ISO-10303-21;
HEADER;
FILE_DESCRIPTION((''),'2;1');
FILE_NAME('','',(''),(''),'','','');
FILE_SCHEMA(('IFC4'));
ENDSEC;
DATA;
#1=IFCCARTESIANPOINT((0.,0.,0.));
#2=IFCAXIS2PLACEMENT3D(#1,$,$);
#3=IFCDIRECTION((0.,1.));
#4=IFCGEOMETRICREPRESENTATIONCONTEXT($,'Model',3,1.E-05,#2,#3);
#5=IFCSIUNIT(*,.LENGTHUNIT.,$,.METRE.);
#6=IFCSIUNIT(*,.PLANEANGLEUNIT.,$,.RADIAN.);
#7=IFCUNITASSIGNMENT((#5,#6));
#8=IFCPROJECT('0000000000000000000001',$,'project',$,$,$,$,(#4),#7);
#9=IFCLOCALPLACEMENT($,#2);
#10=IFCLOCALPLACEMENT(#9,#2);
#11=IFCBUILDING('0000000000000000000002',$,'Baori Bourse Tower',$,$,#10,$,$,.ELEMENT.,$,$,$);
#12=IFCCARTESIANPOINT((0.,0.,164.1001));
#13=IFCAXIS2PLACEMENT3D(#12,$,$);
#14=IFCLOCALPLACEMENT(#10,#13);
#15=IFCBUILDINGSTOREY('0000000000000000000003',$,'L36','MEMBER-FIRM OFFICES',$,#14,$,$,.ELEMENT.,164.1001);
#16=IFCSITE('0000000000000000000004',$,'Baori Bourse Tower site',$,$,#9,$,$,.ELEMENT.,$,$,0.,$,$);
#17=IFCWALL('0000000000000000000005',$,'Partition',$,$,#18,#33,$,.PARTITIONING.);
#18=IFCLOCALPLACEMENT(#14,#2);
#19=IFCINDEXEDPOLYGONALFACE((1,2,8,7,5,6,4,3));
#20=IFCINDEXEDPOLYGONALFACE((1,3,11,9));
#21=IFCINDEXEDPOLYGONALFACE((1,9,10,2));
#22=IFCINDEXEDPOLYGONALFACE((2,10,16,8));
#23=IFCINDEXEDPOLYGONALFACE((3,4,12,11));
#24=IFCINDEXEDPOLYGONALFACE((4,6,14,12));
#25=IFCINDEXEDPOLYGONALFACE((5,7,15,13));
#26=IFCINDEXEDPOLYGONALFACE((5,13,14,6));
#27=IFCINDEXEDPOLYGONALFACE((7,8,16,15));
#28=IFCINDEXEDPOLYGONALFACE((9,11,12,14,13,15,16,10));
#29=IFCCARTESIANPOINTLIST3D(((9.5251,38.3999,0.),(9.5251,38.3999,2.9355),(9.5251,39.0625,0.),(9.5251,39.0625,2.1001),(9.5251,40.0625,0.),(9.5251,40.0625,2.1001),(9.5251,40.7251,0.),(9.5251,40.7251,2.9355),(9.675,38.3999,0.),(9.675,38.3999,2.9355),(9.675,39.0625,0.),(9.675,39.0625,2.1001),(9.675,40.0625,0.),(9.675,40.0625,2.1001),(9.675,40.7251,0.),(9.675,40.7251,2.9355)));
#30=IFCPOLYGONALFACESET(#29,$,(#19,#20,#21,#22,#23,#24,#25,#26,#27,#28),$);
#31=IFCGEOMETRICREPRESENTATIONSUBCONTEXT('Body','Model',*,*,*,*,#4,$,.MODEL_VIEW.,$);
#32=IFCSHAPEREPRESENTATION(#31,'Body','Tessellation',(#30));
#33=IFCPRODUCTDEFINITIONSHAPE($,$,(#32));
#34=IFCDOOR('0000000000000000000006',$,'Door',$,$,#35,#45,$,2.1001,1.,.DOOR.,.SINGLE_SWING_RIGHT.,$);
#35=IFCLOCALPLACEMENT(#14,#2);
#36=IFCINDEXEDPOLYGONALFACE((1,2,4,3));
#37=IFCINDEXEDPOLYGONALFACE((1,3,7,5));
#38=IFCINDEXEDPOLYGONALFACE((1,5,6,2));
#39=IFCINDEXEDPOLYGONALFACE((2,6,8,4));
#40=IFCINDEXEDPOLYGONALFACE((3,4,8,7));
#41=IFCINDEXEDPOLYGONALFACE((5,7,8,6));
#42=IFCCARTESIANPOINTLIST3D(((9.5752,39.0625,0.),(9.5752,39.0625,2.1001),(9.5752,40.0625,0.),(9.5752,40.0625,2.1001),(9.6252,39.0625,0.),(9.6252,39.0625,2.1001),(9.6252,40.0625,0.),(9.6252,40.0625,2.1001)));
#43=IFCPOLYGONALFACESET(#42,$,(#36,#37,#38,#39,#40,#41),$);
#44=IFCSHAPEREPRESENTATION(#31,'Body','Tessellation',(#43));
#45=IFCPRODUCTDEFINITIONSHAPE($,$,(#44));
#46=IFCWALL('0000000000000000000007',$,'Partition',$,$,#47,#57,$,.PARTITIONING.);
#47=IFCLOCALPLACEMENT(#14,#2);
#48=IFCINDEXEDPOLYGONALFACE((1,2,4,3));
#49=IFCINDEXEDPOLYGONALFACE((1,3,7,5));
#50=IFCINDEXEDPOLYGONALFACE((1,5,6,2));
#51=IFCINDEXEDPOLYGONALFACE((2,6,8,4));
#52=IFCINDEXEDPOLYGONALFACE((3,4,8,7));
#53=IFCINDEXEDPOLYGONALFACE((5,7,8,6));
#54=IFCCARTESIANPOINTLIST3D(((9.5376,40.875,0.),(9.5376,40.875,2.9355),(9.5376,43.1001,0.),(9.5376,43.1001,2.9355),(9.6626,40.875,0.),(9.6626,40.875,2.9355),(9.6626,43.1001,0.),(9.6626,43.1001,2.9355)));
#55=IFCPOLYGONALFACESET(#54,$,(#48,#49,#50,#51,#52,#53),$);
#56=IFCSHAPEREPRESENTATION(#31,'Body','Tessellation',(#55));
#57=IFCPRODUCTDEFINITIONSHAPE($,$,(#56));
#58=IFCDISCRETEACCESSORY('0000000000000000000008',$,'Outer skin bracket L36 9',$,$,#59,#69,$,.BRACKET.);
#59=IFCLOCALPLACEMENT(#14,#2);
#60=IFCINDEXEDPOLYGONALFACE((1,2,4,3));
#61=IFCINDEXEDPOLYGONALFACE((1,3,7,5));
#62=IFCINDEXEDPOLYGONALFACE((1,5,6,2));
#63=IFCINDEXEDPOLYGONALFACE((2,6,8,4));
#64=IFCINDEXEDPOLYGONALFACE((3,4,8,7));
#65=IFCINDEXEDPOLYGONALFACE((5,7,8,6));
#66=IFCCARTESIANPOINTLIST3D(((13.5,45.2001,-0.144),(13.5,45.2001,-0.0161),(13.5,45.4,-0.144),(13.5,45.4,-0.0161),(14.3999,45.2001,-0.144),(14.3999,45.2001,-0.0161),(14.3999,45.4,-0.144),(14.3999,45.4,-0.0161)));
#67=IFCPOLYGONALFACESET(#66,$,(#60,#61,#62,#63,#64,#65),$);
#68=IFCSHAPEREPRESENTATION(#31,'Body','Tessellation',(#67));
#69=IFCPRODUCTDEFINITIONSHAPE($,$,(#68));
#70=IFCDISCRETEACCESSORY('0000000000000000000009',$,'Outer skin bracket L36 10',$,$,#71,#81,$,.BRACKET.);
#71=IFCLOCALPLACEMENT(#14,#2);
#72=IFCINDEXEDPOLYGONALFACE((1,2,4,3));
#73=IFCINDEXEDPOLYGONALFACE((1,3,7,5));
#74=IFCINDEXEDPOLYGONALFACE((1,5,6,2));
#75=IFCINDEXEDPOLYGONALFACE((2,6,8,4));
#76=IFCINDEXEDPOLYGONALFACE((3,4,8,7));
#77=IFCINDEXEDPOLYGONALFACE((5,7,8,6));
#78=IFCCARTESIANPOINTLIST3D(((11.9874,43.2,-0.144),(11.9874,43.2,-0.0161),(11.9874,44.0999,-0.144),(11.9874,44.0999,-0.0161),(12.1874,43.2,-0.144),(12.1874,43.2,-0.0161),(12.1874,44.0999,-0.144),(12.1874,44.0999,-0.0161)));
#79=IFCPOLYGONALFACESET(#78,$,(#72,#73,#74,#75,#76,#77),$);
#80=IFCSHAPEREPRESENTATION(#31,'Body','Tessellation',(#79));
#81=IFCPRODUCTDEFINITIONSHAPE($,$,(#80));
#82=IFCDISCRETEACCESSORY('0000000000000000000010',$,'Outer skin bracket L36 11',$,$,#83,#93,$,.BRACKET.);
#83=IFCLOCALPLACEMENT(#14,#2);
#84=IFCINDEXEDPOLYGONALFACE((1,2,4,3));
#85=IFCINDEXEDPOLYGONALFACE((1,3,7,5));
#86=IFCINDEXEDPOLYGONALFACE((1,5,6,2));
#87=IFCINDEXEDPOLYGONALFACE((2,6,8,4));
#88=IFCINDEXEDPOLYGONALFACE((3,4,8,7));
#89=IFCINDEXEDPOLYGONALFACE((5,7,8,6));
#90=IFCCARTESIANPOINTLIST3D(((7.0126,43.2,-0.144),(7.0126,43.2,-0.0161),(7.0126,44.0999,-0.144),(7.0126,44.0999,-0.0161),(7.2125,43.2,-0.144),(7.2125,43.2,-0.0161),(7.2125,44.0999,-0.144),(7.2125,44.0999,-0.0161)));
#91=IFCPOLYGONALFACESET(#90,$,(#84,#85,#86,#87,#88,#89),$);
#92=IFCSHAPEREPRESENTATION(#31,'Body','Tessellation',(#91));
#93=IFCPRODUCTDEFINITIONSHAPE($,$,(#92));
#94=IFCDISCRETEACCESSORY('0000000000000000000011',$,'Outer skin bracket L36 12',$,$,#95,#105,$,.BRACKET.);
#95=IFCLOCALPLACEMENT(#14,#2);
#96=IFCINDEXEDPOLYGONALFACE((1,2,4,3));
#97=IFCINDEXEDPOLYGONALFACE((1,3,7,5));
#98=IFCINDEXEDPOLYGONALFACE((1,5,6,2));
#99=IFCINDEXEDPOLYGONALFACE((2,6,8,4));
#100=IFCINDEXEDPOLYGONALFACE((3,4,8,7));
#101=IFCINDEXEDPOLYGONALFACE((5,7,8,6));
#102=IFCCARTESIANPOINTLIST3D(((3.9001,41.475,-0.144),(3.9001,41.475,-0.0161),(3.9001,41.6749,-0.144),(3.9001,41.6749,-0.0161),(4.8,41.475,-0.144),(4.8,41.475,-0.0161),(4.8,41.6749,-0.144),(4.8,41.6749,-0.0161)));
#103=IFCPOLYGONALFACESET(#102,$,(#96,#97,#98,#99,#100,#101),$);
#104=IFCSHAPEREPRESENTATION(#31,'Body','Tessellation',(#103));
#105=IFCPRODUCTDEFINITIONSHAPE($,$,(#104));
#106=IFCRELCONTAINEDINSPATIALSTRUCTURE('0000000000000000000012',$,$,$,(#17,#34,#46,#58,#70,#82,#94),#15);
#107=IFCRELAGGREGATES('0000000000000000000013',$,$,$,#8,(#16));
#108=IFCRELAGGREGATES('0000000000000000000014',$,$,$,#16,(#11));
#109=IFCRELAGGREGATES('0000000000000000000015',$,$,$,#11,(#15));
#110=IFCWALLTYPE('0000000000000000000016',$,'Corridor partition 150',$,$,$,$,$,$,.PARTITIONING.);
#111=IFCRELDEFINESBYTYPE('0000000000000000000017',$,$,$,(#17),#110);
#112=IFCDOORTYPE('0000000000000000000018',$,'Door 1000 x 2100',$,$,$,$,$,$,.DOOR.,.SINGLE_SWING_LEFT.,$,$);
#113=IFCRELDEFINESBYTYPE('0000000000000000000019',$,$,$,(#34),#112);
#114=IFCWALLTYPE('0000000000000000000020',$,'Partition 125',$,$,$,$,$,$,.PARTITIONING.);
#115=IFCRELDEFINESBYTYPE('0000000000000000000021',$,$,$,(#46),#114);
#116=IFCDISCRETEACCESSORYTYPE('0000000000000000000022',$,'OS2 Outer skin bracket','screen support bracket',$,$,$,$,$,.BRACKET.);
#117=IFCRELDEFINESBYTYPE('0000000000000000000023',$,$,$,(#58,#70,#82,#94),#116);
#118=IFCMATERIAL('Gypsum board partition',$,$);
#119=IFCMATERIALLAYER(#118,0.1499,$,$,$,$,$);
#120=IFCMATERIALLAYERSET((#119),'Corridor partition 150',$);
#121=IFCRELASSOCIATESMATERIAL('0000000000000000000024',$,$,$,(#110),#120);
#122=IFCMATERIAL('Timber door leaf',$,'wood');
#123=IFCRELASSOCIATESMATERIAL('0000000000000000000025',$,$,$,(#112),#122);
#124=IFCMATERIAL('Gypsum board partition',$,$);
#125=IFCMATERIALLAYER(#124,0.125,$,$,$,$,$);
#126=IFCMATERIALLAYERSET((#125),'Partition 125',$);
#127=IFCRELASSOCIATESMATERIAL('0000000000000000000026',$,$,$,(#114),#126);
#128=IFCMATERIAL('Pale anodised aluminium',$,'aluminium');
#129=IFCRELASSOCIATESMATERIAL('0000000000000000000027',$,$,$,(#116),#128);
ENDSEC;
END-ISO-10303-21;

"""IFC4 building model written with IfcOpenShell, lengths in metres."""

from ifc_helpers import new_model, si_unit, direction, frame, frame_2d, origin, origin_2d, place, context, subcontext, project, spatial, rectangle, extrude, material, layer, layer_set, type_object, element, fill, save


model = new_model("IFC4")

# Units and contexts
model_context = context("Model", 3, precision=1e-05, world=origin(), true_north=direction((0.0, 1.0)))
body_context = subcontext(model_context, "Body", "Model", "MODEL_VIEW")
ifc_project = project(units=[si_unit("LENGTHUNIT", "METRE"), si_unit("PLANEANGLEUNIT", "RADIAN")], contexts=[model_context])

# Site, building, storey
site_placement = place(None, origin())
site = spatial("IfcSite", under=ifc_project, at=site_placement, Name="Baori Bourse Tower site", CompositionType="ELEMENT", RefElevation=0.0)
building_placement = place(site_placement, origin())
building = spatial("IfcBuilding", under=site, at=building_placement, Name="Baori Bourse Tower", CompositionType="ELEMENT")
storey_placement = place(building_placement, frame((0.0, 0.0, 164.1001)))
storey = spatial("IfcBuildingStorey", under=building, at=storey_placement, Name="L36", Description="MEMBER-FIRM OFFICES", CompositionType="ELEMENT", Elevation=164.1001)

# Shared definitions
ifc_material_1 = material(Name="Gypsum board partition")
ifc_layer_1 = layer(ifc_material_1, 0.1499)
ifc_layer_set_1 = layer_set([ifc_layer_1], Name="Corridor partition 150")
wall_type_1 = type_object("IfcWallType", Name="Corridor partition 150", PredefinedType="PARTITIONING", material=ifc_layer_set_1)
ifc_material_2 = material(Name="Timber door leaf", Category="wood")
door_type = type_object("IfcDoorType", Name="Door 1000 x 2100", OperationType="SINGLE_SWING_LEFT", PredefinedType="DOOR", material=ifc_material_2)

# Wall, opening, door
wall_1_placement = place(storey_placement, frame((9.6001, 38.3999, 0.0), z_axis=(0.0, 0.0, 1.0), x_axis=(0.0, 1.0, 0.0)))
wall_1 = element("IfcWall", 1, at=wall_1_placement, inside=storey, type_object=wall_type_1, Name="Partition", PredefinedType="PARTITIONING", context=body_context, shape_type="SweptSolid", body=[
    extrude(rectangle(XDim=2.3252, YDim=0.1499, at=frame_2d((1.1626, 0.0))), origin(), (0.0, 0.0, 1.0), 2.9355),
])
opening_1_placement = place(wall_1_placement, frame((0.6626, 0.0, 0.0)))
opening_1 = element("IfcOpeningElement", 2, at=opening_1_placement, cuts=wall_1, PredefinedType="OPENING", context=body_context, shape_type="SweptSolid", body=[
    extrude(rectangle(XDim=1.0, YDim=2.1001, at=frame_2d((0.5, 1.05))), frame((0.0, 0.085, 0.0), z_axis=(0.0, -1.0, 0.0), x_axis=(1.0, 0.0, 0.0)), (0.0, 0.0, 1.0), 0.1699),
])
door_1_placement = place(opening_1_placement, origin())
door_1 = element("IfcDoor", 3, at=door_1_placement, inside=storey, type_object=door_type, Name="Door", OperationType="SINGLE_SWING_RIGHT", OverallHeight=2.1001, OverallWidth=1.0, PredefinedType="DOOR", context=body_context, shape_type="SweptSolid", body=[
    extrude(rectangle(XDim=1.0, YDim=2.1001, at=frame_2d((0.5, 1.05))), frame((0.0, 0.0249, 0.0), z_axis=(0.0, -1.0, 0.0), x_axis=(1.0, 0.0, 0.0)), (0.0, 0.0, 1.0), 0.05),
])
fill(opening_1, door_1)

# Wall
ifc_material_3 = material(Name="Gypsum board partition")
ifc_layer_2 = layer(ifc_material_3, 0.125)
ifc_layer_set_2 = layer_set([ifc_layer_2], Name="Partition 125")
wall_type_2 = type_object("IfcWallType", Name="Partition 125", PredefinedType="PARTITIONING", material=ifc_layer_set_2)
wall_2_placement = place(storey_placement, frame((9.6001, 40.875, 0.0), z_axis=(0.0, 0.0, 1.0), x_axis=(0.0, 1.0, 0.0)))
element("IfcWall", 4, at=wall_2_placement, inside=storey, type_object=wall_type_2, Name="Partition", PredefinedType="PARTITIONING", context=body_context, shape_type="SweptSolid", body=[
    extrude(rectangle(XDim=2.2251, YDim=0.125, at=frame_2d((1.1125, 0.0))), origin(), (0.0, 0.0, 1.0), 2.9355),
])

# Discrete accessories
ifc_material_4 = material(Name="Pale anodised aluminium", Category="aluminium")
discrete_accessory_type = type_object("IfcDiscreteAccessoryType", Name="OS2 Outer skin bracket", Description="screen support bracket", PredefinedType="BRACKET", material=ifc_material_4)
for number, where, z_axis, x_axis, name in (
    (5, (13.95, 45.3, -0.144), (0.0, 0.0, 1.0), (0.0, -1.0, 0.0), "Outer skin bracket L36 9"),
    (6, (12.0874, 43.6499, -0.144), (0.0, 0.0, 1.0), (-1.0, 0.0, 0.0), "Outer skin bracket L36 10"),
    (7, (7.1125, 43.6499, -0.144), (0.0, 0.0, 1.0), (-1.0, 0.0, 0.0), "Outer skin bracket L36 11"),
    (8, (4.3501, 41.575, -0.144), (0.0, 0.0, 1.0), (0.0, -1.0, 0.0), "Outer skin bracket L36 12"),
):
    element("IfcDiscreteAccessory", number, at=place(storey_placement, frame(where, z_axis=z_axis, x_axis=x_axis)), inside=storey, type_object=discrete_accessory_type, Name=name, PredefinedType="BRACKET", context=body_context, shape_type="SweptSolid", body=[
        extrude(rectangle(XDim=0.2, YDim=0.8999, at=origin_2d()), origin(), (0.0, 0.0, 1.0), 0.1279),
    ])

save(model, "model.ifc")
